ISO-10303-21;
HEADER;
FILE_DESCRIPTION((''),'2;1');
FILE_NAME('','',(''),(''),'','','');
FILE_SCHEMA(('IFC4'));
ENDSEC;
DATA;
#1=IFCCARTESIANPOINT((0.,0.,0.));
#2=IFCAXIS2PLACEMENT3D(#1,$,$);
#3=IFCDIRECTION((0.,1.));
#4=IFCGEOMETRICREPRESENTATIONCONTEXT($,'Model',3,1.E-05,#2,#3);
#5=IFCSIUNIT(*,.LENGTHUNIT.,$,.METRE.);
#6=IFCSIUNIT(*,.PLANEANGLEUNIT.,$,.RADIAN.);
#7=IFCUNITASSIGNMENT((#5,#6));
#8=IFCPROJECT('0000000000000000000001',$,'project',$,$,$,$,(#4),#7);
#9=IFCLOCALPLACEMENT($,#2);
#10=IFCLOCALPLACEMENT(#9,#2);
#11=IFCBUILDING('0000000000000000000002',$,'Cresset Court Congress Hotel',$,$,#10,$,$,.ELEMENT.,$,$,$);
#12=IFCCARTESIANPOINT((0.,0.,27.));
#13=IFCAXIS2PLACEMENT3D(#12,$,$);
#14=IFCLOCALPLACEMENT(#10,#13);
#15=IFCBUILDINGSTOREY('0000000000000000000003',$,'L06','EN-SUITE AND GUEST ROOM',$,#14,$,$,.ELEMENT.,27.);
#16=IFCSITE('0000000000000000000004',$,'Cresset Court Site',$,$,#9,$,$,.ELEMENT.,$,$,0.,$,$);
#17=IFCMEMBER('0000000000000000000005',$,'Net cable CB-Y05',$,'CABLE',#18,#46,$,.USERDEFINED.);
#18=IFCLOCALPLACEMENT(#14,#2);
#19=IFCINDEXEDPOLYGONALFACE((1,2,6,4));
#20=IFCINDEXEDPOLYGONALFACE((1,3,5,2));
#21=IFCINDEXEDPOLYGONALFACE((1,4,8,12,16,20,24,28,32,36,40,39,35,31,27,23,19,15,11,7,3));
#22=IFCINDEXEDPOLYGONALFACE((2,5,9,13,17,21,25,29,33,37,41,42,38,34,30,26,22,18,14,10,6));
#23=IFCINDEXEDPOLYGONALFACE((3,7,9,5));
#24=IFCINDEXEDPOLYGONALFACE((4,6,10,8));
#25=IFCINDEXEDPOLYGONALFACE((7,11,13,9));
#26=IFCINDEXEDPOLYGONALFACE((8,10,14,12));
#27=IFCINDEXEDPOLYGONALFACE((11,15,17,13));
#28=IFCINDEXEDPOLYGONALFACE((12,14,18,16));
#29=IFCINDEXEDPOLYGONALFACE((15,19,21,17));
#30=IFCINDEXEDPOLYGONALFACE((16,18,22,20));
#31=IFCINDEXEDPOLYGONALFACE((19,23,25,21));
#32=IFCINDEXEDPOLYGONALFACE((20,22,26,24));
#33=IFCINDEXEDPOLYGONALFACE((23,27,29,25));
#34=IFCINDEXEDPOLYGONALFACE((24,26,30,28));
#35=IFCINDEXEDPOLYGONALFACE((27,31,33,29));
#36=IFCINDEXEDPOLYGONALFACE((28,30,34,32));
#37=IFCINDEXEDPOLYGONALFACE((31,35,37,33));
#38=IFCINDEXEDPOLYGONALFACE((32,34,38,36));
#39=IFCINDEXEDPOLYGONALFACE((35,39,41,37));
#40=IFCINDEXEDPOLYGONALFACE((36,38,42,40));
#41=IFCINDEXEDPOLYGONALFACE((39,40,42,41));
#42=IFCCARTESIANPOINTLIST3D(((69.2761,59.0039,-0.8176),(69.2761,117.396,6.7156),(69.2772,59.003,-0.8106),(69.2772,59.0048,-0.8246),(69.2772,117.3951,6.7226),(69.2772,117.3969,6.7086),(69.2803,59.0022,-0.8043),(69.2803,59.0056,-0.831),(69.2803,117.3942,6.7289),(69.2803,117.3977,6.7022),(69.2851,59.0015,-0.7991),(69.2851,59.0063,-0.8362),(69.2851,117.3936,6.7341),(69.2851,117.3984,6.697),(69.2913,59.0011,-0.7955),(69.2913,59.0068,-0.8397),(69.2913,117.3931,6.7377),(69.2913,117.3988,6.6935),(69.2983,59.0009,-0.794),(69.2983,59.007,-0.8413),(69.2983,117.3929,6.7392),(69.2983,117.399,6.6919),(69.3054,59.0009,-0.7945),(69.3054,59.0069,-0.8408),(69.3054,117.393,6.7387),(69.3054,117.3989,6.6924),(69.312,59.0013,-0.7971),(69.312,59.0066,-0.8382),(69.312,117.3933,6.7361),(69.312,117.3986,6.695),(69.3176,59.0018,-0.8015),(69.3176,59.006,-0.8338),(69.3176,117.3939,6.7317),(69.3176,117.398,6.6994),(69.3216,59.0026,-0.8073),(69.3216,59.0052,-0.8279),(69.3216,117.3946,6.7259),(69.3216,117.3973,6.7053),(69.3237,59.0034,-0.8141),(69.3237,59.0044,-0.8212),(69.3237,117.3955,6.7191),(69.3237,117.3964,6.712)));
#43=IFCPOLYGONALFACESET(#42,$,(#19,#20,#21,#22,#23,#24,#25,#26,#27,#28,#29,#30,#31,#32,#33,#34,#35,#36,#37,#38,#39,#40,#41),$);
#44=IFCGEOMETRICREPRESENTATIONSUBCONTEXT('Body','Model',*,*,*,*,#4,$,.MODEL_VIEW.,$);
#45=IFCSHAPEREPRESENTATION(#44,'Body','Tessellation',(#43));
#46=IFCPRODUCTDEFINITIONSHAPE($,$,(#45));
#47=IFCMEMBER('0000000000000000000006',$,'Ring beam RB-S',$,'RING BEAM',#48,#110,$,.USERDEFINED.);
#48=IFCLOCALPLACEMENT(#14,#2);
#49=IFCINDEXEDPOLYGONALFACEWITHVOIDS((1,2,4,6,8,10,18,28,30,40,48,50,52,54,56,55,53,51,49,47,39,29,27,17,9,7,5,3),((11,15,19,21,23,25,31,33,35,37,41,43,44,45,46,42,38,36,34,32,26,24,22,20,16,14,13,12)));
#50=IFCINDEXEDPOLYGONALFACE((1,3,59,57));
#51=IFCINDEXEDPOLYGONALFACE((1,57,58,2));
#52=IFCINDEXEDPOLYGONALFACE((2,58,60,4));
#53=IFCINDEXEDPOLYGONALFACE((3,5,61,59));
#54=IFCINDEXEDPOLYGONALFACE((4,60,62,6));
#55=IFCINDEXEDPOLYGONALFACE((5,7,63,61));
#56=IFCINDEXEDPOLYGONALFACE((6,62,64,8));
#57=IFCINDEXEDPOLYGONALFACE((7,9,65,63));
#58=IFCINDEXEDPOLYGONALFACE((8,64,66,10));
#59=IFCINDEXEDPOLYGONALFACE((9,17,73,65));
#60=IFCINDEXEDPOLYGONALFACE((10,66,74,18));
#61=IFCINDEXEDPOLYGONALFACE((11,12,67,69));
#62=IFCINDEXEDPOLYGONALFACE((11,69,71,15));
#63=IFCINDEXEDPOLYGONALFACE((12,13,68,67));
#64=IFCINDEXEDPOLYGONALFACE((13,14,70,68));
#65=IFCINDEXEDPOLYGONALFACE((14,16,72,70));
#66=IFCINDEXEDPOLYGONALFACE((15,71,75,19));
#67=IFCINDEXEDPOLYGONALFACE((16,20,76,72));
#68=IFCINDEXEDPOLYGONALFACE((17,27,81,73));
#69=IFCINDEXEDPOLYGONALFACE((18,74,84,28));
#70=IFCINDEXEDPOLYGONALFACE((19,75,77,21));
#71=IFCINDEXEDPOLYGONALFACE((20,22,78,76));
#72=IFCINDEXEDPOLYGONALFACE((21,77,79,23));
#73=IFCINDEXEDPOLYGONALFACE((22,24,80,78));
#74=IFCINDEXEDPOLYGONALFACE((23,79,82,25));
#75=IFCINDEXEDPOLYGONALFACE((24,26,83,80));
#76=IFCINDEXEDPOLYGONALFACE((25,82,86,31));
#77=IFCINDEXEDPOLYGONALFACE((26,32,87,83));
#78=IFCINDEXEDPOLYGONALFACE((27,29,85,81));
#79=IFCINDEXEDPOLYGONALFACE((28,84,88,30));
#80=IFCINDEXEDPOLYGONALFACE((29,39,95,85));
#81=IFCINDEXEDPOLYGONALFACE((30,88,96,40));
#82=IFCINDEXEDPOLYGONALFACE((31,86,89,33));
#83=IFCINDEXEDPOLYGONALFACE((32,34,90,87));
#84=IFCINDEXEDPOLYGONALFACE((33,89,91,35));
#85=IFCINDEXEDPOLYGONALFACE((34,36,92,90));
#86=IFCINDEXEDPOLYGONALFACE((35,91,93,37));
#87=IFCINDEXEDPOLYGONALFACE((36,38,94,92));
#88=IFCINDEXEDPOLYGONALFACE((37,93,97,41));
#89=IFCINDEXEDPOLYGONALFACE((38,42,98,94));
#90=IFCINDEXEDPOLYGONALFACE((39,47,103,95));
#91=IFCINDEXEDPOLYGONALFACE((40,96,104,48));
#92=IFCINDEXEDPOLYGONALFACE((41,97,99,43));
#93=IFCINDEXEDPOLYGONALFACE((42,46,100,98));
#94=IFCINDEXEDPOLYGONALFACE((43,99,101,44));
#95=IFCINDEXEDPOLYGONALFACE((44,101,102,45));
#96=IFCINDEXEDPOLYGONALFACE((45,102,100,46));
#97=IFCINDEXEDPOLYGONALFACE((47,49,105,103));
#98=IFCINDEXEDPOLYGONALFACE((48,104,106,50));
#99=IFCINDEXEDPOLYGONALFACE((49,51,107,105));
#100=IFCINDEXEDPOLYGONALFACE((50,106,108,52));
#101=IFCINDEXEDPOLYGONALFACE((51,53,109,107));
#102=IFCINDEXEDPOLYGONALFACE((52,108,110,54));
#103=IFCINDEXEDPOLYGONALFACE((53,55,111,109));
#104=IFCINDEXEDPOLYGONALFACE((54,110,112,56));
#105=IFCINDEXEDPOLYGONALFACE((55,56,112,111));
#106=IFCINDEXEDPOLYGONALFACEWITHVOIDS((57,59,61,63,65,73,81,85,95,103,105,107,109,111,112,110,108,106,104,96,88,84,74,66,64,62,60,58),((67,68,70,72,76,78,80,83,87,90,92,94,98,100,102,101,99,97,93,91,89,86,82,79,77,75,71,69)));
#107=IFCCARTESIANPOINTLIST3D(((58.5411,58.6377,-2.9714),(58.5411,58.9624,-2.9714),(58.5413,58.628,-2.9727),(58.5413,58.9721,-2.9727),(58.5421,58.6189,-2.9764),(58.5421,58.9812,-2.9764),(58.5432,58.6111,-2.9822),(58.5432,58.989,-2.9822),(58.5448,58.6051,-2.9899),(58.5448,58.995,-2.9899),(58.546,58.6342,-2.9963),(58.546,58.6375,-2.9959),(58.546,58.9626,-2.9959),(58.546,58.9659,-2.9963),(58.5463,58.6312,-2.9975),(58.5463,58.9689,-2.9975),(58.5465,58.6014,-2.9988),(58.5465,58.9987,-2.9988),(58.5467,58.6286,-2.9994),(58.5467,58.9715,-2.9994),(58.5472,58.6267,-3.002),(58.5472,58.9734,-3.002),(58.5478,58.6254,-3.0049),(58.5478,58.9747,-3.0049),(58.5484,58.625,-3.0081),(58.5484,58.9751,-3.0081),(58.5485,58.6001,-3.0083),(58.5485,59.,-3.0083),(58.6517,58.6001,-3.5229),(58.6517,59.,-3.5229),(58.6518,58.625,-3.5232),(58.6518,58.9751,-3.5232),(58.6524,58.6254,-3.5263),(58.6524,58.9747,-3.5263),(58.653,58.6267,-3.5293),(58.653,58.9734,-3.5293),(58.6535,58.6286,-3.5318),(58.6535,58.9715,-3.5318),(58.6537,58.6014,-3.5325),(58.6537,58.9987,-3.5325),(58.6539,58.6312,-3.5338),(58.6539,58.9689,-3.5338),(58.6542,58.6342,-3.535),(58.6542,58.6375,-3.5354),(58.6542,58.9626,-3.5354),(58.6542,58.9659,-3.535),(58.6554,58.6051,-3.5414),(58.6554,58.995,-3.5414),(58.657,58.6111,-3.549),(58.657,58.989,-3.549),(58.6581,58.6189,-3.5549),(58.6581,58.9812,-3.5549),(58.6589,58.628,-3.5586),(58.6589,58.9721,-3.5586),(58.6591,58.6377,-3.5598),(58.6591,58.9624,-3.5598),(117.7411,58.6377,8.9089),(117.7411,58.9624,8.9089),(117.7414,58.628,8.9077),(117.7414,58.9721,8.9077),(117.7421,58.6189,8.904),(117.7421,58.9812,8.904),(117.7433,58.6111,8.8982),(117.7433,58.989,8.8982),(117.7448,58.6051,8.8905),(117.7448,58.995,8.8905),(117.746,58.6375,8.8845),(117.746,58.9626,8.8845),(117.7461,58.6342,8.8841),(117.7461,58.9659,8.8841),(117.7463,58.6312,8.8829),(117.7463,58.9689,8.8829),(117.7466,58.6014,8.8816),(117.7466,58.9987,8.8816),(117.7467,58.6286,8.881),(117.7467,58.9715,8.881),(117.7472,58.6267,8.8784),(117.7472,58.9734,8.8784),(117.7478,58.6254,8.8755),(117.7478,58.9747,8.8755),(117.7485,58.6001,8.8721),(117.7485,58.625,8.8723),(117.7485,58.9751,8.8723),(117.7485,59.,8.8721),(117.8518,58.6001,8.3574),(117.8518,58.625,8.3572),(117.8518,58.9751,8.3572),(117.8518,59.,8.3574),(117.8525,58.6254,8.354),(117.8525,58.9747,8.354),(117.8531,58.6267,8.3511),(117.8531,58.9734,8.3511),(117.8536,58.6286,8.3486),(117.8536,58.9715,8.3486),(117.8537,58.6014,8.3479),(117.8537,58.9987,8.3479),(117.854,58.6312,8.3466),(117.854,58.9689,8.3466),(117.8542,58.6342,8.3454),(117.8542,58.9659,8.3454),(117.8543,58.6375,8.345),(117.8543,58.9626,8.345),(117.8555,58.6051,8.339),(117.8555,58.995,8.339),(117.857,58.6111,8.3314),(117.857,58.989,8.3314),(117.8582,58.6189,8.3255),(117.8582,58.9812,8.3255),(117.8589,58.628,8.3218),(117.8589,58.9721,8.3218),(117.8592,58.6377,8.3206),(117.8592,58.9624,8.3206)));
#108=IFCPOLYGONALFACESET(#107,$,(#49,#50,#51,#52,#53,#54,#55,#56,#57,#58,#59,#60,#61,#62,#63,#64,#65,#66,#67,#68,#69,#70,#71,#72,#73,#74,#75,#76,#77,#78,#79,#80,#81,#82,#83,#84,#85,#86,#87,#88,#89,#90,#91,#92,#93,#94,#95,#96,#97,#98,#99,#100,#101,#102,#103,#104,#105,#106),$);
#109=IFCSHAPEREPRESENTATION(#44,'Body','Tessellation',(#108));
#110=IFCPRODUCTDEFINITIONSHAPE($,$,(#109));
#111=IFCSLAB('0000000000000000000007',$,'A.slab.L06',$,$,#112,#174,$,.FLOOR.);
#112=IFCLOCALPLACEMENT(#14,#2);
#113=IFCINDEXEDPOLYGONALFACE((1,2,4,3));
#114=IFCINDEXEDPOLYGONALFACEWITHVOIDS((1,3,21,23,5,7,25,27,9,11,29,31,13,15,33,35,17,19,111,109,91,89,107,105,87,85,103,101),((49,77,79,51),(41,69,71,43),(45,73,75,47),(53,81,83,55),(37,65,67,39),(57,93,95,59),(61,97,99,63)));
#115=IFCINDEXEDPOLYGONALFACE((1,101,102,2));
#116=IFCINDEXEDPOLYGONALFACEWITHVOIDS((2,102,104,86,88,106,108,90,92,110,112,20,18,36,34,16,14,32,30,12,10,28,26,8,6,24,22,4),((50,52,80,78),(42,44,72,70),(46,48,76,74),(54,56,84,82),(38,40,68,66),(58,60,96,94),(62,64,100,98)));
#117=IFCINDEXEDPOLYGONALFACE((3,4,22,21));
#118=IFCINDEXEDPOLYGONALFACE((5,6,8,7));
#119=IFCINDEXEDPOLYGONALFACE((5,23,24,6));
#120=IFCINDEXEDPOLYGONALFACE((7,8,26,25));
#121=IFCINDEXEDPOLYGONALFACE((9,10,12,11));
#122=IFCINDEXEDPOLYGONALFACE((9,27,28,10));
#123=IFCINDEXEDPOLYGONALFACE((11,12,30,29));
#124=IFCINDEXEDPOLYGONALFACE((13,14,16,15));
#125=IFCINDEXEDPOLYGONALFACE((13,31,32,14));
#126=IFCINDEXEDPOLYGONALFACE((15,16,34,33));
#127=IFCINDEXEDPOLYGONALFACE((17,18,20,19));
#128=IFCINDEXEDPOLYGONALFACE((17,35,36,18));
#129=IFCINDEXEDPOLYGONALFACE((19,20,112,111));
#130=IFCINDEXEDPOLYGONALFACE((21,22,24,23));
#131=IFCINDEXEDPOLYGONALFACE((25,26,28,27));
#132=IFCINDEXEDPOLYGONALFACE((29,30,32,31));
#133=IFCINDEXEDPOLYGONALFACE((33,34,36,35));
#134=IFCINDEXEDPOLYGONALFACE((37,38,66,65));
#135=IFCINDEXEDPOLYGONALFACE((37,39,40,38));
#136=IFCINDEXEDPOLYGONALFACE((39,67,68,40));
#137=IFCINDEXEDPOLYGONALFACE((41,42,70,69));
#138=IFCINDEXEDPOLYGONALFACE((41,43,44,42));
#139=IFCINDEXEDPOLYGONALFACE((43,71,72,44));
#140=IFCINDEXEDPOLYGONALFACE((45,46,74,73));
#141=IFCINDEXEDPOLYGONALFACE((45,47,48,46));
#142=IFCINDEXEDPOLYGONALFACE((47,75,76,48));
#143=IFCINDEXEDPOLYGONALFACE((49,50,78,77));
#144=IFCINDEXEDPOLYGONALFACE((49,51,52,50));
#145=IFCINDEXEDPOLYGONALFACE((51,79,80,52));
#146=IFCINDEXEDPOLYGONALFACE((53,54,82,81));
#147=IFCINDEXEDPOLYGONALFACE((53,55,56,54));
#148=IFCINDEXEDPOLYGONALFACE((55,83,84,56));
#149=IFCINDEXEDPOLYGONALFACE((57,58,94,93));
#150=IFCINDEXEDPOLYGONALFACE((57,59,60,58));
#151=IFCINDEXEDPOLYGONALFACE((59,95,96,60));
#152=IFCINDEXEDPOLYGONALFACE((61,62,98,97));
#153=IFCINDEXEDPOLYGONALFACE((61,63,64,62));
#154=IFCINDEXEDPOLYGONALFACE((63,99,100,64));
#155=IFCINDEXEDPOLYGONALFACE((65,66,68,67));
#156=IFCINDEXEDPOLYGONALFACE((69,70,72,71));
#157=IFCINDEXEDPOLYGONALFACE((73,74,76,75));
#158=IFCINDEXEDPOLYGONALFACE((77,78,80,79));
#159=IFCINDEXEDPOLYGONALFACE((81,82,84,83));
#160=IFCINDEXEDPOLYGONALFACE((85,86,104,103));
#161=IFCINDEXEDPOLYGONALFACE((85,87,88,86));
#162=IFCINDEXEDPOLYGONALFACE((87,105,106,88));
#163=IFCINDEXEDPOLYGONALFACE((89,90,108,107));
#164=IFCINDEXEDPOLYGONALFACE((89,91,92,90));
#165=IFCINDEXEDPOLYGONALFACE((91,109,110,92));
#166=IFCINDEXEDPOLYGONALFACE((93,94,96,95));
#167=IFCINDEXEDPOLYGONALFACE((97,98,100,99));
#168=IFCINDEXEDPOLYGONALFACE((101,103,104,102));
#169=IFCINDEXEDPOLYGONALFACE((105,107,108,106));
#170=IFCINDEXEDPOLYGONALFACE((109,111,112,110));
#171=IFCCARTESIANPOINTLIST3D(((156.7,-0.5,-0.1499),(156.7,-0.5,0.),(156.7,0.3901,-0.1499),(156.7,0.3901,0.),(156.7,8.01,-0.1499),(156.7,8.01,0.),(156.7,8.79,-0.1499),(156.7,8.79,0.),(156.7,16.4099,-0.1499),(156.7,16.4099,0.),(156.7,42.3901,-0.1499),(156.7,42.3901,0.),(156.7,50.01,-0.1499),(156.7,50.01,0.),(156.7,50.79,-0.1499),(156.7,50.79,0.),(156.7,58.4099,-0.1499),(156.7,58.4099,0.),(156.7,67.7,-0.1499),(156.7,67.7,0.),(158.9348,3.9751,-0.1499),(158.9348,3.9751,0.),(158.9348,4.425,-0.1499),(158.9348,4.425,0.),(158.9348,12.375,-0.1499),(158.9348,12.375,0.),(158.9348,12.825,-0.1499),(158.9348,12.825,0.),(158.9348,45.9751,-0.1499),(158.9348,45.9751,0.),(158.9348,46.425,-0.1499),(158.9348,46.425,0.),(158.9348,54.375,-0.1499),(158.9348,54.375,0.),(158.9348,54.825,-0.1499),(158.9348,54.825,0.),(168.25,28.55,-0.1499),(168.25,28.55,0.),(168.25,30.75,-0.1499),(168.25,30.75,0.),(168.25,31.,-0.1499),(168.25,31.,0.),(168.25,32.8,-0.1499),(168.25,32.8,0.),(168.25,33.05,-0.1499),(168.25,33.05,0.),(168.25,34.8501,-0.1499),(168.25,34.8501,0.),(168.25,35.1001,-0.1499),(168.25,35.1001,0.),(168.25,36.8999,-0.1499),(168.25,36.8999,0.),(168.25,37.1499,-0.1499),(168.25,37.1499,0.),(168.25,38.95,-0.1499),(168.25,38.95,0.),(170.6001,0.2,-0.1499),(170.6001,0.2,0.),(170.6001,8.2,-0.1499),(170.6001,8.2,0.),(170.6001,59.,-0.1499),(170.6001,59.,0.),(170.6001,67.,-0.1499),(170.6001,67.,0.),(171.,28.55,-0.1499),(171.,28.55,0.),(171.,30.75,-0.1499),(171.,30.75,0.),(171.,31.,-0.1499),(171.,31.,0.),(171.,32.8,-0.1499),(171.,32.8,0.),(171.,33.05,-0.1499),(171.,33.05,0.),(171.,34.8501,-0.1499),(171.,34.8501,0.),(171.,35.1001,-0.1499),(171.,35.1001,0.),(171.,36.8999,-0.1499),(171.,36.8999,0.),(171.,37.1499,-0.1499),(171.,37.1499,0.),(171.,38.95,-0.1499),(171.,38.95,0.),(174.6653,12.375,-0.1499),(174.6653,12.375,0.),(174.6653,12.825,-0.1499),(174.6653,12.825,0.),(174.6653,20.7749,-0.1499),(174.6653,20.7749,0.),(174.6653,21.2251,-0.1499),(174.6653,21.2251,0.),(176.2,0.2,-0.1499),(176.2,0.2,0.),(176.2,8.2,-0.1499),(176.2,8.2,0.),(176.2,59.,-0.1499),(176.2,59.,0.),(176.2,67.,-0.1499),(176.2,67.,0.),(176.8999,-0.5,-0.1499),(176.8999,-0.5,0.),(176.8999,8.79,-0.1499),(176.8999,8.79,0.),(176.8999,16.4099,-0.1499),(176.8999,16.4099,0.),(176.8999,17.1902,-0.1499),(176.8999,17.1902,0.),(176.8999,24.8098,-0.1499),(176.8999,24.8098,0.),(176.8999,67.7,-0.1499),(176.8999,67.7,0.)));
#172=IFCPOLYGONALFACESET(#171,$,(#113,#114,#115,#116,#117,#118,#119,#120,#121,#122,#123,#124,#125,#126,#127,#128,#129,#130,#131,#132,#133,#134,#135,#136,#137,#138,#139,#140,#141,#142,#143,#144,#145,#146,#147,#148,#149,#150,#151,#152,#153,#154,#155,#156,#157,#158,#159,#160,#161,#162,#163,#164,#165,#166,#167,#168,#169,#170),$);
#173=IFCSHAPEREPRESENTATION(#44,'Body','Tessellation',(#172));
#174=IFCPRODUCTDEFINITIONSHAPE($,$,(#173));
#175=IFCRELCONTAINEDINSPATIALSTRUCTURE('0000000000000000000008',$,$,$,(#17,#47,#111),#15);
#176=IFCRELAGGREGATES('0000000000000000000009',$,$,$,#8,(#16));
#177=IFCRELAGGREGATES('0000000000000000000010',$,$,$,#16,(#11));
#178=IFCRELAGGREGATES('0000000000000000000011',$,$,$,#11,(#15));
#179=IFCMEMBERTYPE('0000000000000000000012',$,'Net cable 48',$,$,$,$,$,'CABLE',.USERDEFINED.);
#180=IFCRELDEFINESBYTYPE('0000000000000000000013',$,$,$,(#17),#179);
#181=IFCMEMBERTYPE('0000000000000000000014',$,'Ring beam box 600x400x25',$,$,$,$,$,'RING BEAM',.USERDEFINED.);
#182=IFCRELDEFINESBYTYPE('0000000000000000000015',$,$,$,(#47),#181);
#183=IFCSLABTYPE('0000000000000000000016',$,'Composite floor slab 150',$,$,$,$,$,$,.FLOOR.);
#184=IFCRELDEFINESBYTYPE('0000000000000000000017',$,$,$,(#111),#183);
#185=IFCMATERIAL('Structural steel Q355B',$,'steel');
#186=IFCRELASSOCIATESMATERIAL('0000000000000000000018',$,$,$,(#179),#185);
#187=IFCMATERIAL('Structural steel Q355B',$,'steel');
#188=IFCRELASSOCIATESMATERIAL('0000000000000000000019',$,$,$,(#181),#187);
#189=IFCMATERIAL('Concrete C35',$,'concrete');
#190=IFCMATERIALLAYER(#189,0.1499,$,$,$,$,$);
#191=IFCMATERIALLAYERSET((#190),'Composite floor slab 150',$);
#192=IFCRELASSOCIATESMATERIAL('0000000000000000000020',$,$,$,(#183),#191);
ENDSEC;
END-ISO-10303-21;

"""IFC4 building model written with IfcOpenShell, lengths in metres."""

from ifc_helpers import new_model, si_unit, direction, frame, origin, origin_2d, place, context, subcontext, project, spatial, polyline, hollow_rectangle, circle, outline, extrude, material, layer, layer_set, material_profile, profile_set, type_object, element, save


model = new_model("IFC4")

# Units and contexts
model_context = context("Model", 3, precision=1e-05, world=origin(), true_north=direction((0.0, 1.0)))
body_context = subcontext(model_context, "Body", "Model", "MODEL_VIEW")
ifc_project = project(units=[si_unit("LENGTHUNIT", "METRE"), si_unit("PLANEANGLEUNIT", "RADIAN")], contexts=[model_context])

# Site, building, storey
site_placement = place(None, origin())
site = spatial("IfcSite", under=ifc_project, at=site_placement, Name="Cresset Court Site", CompositionType="ELEMENT", RefElevation=0.0)
building_placement = place(site_placement, origin())
building = spatial("IfcBuilding", under=site, at=building_placement, Name="Cresset Court Congress Hotel", CompositionType="ELEMENT")
storey_placement = place(building_placement, frame((0.0, 0.0, 27.0)))
storey = spatial("IfcBuildingStorey", under=building, at=storey_placement, Name="L06", Description="EN-SUITE AND GUEST ROOM", CompositionType="ELEMENT", Elevation=27.0)

# Members
ifc_material_1 = material(Name="Structural steel Q355B", Category="steel")
ifc_material_profile_1 = material_profile(ifc_material_1, circle(Radius=0.0239, at=origin_2d()), Name="CABLE48")
ifc_profile_set_1 = profile_set([ifc_material_profile_1], Name="Structural steel Q355B")
member_type_1 = type_object("IfcMemberType", Name="Net cable 48", ElementType="CABLE", PredefinedType="USERDEFINED", material=ifc_profile_set_1)
member_1_placement = place(storey_placement, frame((69.3, 59.0039, -0.8176), z_axis=(0.0, 0.991781, 0.12795), x_axis=(-1.0, 0.0, 0.0)))
element("IfcMember", 1, at=member_1_placement, inside=storey, type_object=member_type_1, Name="Net cable CB-Y05", ObjectType="CABLE", PredefinedType="USERDEFINED", context=body_context, shape_type="SweptSolid", body=[
    extrude(circle(Radius=0.0239, at=origin_2d()), origin(), (0.0, 0.0, 1.0), 58.876),
])
ifc_material_2 = material(Name="Structural steel Q355B", Category="steel")
ifc_material_profile_2 = material_profile(ifc_material_2, hollow_rectangle(XDim=0.3999, YDim=0.6001, WallThickness=0.0249, InnerFilletRadius=0.0125, OuterFilletRadius=0.0376, at=origin_2d()), Name="RHS600x400x25")
ifc_profile_set_2 = profile_set([ifc_material_profile_2], Name="Structural steel Q355B")
member_type_2 = type_object("IfcMemberType", Name="Ring beam box 600x400x25", ElementType="RING BEAM", PredefinedType="USERDEFINED", material=ifc_profile_set_2)
member_2_placement = place(storey_placement, frame((58.6001, 58.8, -3.2656), z_axis=(0.980452, 0.0, 0.196759), x_axis=(0.0, 1.0, 0.0)))
element("IfcMember", 2, at=member_2_placement, inside=storey, type_object=member_type_2, Name="Ring beam RB-S", ObjectType="RING BEAM", PredefinedType="USERDEFINED", context=body_context, shape_type="SweptSolid", body=[
    extrude(hollow_rectangle(XDim=0.3999, YDim=0.6001, WallThickness=0.0249, InnerFilletRadius=0.0125, OuterFilletRadius=0.0376, at=origin_2d()), origin(), (0.0, 0.0, 1.0), 60.3804),
])

# Slab
ifc_material_3 = material(Name="Concrete C35", Category="concrete")
ifc_layer_1 = layer(ifc_material_3, 0.1499)
ifc_layer_set_1 = layer_set([ifc_layer_1], Name="Composite floor slab 150")
slab_type_1 = type_object("IfcSlabType", Name="Composite floor slab 150", PredefinedType="FLOOR", material=ifc_layer_set_1)
slab_1_placement = place(storey_placement, frame((0.0, 0.0, -0.1499)))
element("IfcSlab", 3, at=slab_1_placement, inside=storey, type_object=slab_type_1, Name="A.slab.L06", PredefinedType="FLOOR", context=body_context, shape_type="SweptSolid", body=[
    extrude(outline(polyline([(156.7, -0.5), (176.8999, -0.5), (176.8999, 8.79), (174.6653, 12.375), (174.6653, 12.825), (176.8999, 16.4099), (176.8999, 17.1902), (174.6653, 20.7749), (174.6653, 21.2251), (176.8999, 24.8098), (176.8999, 67.7), (156.7, 67.7), (156.7, 58.4099), (158.9348, 54.825), (158.9348, 54.375), (156.7, 50.79), (156.7, 50.01), (158.9348, 46.425), (158.9348, 45.9751), (156.7, 42.3901), (156.7, 16.4099), (158.9348, 12.825), (158.9348, 12.375), (156.7, 8.79), (156.7, 8.01), (158.9348, 4.425), (158.9348, 3.9751), (156.7, 0.3901), (156.7, -0.5)]), holes=[polyline([(170.6001, 0.2), (176.2, 0.2), (176.2, 8.2), (170.6001, 8.2), (170.6001, 0.2)]), polyline([(170.6001, 59.0), (176.2, 59.0), (176.2, 67.0), (170.6001, 67.0), (170.6001, 59.0)]), polyline([(168.25, 28.55), (171.0, 28.55), (171.0, 30.75), (168.25, 30.75), (168.25, 28.55)]), polyline([(168.25, 31.0), (171.0, 31.0), (171.0, 32.8), (168.25, 32.8), (168.25, 31.0)]), polyline([(168.25, 33.05), (171.0, 33.05), (171.0, 34.8501), (168.25, 34.8501), (168.25, 33.05)]), polyline([(168.25, 35.1001), (171.0, 35.1001), (171.0, 36.8999), (168.25, 36.8999), (168.25, 35.1001)]), polyline([(168.25, 37.1499), (171.0, 37.1499), (171.0, 38.95), (168.25, 38.95), (168.25, 37.1499)])]), origin(), (0.0, 0.0, 1.0), 0.1499),
])

save(model, "model.ifc")
